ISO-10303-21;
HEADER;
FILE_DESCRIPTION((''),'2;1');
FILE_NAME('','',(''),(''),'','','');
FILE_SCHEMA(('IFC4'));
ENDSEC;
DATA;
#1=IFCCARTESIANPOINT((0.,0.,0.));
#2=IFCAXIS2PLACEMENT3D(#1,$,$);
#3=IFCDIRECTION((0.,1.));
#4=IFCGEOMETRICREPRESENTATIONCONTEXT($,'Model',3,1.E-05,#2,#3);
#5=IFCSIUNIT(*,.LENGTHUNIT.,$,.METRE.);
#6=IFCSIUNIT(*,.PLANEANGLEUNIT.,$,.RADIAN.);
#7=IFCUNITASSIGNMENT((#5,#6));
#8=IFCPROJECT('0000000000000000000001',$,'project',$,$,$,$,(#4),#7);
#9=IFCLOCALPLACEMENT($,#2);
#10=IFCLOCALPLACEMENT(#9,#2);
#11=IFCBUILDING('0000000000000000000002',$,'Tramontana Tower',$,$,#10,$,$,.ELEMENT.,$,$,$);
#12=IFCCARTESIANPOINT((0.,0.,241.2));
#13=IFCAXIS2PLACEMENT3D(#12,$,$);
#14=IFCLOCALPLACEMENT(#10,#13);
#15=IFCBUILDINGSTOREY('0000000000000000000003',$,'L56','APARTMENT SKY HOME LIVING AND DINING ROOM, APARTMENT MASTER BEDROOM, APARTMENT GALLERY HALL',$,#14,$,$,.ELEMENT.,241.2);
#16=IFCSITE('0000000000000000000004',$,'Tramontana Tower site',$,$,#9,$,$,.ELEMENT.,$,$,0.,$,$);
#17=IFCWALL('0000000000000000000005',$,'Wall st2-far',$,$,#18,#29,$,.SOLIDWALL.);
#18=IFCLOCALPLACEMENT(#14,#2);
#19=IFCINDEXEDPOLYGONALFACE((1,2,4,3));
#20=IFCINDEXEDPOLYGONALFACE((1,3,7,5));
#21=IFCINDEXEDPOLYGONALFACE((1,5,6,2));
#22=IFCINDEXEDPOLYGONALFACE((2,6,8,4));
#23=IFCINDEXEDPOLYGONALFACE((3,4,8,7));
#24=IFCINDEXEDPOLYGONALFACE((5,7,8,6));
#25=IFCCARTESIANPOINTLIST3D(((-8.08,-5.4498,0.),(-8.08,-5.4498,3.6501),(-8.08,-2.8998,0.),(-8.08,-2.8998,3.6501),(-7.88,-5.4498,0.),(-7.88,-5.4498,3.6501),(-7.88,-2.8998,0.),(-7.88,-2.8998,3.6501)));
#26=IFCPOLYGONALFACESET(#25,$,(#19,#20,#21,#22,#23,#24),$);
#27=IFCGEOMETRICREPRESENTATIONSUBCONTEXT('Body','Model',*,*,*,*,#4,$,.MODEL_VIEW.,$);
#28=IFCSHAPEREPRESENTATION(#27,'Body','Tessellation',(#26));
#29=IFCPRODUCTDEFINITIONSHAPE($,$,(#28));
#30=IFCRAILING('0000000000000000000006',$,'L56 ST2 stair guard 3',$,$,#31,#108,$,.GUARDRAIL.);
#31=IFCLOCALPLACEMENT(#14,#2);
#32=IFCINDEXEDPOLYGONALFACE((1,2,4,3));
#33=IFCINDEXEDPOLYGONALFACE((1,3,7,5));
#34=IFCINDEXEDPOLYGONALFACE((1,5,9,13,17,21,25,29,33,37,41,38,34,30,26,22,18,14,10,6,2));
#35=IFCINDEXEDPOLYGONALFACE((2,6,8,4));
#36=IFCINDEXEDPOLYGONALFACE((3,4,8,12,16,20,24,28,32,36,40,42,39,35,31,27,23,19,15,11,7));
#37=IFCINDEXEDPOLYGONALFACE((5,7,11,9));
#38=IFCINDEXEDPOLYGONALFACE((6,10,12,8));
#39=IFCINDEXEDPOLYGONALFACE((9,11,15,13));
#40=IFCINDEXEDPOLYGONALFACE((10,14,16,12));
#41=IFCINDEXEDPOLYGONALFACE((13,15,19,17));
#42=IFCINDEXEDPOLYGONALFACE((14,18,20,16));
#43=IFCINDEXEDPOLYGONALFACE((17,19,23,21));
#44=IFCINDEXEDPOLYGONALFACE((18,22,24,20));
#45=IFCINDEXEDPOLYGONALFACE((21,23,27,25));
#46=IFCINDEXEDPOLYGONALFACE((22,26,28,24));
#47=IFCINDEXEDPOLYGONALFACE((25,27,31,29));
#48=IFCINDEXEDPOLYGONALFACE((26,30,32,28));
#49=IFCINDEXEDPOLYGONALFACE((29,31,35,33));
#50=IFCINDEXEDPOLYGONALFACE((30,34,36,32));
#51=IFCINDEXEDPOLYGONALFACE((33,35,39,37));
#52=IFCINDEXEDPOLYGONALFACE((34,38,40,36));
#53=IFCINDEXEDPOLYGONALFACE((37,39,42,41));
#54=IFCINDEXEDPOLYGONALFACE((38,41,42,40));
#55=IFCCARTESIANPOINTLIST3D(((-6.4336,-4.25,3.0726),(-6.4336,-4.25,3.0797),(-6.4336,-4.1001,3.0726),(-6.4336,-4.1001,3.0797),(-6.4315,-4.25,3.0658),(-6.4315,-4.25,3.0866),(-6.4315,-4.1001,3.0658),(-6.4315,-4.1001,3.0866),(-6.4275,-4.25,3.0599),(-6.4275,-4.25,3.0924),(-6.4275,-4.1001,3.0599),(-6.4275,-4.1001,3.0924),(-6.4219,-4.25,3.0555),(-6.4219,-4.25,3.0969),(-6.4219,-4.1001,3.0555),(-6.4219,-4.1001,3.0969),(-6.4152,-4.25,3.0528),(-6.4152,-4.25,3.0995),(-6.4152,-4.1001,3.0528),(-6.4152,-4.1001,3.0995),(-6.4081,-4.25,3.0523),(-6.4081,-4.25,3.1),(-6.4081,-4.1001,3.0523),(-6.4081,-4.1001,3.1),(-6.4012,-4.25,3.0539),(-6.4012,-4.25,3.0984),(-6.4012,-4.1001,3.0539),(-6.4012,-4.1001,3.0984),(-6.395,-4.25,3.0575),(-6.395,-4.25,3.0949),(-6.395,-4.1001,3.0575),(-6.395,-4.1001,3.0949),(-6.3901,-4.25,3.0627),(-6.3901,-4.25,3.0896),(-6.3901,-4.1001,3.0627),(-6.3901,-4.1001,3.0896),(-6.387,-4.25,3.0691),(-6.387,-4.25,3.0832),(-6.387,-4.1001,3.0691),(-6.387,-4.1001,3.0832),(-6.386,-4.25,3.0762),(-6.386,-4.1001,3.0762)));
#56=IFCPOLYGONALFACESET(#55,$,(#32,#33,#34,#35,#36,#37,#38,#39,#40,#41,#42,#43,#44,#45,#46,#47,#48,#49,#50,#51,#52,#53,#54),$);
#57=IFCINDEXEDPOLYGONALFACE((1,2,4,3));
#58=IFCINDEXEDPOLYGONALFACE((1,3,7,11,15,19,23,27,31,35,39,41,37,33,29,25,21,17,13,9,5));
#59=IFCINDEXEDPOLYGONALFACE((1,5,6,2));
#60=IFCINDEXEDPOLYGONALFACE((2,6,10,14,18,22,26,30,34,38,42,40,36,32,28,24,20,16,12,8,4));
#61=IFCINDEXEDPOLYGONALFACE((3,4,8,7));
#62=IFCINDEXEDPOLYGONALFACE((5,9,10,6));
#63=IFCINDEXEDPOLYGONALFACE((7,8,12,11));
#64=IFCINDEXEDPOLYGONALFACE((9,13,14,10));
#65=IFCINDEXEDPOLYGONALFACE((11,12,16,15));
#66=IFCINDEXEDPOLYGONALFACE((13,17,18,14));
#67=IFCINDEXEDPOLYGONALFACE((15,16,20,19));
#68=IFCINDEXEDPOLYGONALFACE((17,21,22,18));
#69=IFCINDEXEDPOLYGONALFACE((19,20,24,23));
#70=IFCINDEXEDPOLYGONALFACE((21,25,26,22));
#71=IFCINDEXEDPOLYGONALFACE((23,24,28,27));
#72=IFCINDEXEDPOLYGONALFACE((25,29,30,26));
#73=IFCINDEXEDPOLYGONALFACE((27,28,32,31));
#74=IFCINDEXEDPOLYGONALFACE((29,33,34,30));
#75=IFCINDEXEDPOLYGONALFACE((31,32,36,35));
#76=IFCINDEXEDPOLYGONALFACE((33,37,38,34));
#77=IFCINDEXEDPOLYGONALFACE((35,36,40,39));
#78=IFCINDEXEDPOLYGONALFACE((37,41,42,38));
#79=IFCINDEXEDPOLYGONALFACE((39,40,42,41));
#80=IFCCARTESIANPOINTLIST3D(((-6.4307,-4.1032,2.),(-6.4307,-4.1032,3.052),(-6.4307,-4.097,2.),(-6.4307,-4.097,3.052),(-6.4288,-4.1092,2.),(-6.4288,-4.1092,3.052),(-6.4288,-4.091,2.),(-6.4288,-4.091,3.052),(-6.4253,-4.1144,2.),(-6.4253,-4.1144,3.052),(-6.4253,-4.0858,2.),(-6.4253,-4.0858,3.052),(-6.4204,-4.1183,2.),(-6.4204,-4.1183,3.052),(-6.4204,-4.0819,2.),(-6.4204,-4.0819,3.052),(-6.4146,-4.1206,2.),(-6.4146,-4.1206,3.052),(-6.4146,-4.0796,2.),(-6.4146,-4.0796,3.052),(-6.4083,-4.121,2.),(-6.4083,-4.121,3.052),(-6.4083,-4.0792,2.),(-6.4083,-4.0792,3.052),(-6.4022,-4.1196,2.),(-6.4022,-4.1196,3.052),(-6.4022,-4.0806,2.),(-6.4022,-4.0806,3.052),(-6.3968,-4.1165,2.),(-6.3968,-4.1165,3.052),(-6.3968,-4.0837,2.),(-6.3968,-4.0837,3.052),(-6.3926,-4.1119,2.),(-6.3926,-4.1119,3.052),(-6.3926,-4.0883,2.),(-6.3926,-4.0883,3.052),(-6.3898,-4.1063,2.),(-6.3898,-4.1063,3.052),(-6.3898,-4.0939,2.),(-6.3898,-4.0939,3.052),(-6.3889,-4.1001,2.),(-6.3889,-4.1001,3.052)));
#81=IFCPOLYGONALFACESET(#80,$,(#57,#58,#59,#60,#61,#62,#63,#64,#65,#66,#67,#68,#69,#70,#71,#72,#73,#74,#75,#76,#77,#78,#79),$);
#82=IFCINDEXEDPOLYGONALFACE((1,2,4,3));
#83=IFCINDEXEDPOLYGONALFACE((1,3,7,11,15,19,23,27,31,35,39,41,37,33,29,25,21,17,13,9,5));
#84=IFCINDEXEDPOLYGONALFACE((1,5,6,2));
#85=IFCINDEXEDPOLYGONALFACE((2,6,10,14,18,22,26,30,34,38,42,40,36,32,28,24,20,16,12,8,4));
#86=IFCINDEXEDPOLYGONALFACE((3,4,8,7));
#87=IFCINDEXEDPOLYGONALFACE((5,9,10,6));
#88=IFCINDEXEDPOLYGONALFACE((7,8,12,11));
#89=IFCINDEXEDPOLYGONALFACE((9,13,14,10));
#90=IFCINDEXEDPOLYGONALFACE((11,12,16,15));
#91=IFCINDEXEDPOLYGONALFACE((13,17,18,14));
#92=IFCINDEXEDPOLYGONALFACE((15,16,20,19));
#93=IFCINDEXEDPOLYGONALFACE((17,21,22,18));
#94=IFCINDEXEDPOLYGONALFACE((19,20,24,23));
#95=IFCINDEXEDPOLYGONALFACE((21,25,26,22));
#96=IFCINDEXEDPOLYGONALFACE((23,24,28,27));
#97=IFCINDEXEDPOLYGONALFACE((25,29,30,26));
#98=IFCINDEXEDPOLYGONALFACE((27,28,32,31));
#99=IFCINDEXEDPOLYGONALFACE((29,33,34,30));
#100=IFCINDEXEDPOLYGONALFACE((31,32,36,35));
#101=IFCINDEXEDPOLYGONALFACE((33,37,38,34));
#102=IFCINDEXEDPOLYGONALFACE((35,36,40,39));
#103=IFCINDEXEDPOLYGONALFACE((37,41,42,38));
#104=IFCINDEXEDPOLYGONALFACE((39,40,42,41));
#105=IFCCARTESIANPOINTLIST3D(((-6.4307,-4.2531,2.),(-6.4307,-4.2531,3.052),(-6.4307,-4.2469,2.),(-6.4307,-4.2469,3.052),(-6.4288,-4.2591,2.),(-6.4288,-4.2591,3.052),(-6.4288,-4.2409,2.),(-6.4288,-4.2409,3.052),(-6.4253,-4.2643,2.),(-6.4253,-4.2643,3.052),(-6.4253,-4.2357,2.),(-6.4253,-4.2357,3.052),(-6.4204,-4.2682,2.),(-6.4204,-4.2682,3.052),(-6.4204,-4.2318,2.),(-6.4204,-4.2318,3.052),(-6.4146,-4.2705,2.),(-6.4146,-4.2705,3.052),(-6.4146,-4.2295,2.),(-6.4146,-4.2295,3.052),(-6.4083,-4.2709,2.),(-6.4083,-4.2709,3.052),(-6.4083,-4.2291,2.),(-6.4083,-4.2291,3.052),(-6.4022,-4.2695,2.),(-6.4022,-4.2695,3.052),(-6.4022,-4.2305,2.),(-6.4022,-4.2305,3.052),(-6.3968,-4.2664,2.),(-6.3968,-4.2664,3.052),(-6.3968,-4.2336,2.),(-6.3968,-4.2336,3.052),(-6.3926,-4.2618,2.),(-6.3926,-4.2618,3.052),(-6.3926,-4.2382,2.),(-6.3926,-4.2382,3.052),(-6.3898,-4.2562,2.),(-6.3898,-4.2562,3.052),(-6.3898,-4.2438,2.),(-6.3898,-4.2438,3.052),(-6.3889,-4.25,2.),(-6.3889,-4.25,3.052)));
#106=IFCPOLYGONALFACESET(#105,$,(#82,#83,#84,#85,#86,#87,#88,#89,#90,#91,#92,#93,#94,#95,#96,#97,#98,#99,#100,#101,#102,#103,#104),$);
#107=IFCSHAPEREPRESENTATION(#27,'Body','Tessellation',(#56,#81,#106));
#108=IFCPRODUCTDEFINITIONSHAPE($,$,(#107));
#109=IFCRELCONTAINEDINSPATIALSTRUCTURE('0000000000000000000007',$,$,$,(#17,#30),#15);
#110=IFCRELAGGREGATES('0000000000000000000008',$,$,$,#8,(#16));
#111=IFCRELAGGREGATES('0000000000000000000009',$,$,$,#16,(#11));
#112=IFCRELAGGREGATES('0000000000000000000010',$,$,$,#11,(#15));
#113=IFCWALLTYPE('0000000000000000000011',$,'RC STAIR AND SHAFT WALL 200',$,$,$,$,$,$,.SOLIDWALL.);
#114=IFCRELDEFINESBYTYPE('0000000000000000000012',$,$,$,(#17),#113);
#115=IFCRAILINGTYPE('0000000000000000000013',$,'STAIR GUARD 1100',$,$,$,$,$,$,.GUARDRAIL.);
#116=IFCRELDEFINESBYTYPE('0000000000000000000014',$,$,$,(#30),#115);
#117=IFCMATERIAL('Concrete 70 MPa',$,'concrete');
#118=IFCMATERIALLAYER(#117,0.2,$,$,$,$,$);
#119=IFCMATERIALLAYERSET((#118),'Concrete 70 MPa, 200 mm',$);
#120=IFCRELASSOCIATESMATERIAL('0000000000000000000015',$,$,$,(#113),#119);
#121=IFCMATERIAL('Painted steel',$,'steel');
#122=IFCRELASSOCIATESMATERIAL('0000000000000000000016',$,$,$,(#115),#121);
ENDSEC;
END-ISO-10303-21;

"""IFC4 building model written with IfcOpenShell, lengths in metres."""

from ifc_helpers import new_model, si_unit, direction, frame, frame_2d, origin, origin_2d, place, context, subcontext, project, spatial, rectangle, circle, extrude, material, layer, layer_set, type_object, element, save


model = new_model("IFC4")

# Units and contexts
model_context = context("Model", 3, precision=1e-05, world=origin(), true_north=direction((0.0, 1.0)))
body_context = subcontext(model_context, "Body", "Model", "MODEL_VIEW")
ifc_project = project(units=[si_unit("LENGTHUNIT", "METRE"), si_unit("PLANEANGLEUNIT", "RADIAN")], contexts=[model_context])

# Site, building, storey
site_placement = place(None, origin())
site = spatial("IfcSite", under=ifc_project, at=site_placement, Name="Tramontana Tower site", CompositionType="ELEMENT", RefElevation=0.0)
building_placement = place(site_placement, origin())
building = spatial("IfcBuilding", under=site, at=building_placement, Name="Tramontana Tower", CompositionType="ELEMENT")
storey_placement = place(building_placement, frame((0.0, 0.0, 241.2)))
storey = spatial("IfcBuildingStorey", under=building, at=storey_placement, Name="L56", Description="APARTMENT SKY HOME LIVING AND DINING ROOM, APARTMENT MASTER BEDROOM, APARTMENT GALLERY HALL", CompositionType="ELEMENT", Elevation=241.2)

# Wall
ifc_material_1 = material(Name="Concrete 70 MPa", Category="concrete")
ifc_layer_1 = layer(ifc_material_1, 0.2)
ifc_layer_set_1 = layer_set([ifc_layer_1], Name="Concrete 70 MPa, 200 mm")
wall_type_1 = type_object("IfcWallType", Name="RC STAIR AND SHAFT WALL 200", PredefinedType="SOLIDWALL", material=ifc_layer_set_1)
wall_1_placement = place(storey_placement, frame((-7.98, -2.8999, 0.0), z_axis=(0.0, 0.0, 1.0), x_axis=(0.0, -1.0, 0.0)))
element("IfcWall", 1, at=wall_1_placement, inside=storey, type_object=wall_type_1, Name="Wall st2-far", PredefinedType="SOLIDWALL", context=body_context, shape_type="SweptSolid", body=[
    extrude(rectangle(XDim=2.55, YDim=0.2, at=frame_2d((1.2749, 0.0))), origin(), (0.0, 0.0, 1.0), 3.6501),
])

# Railing
ifc_material_2 = material(Name="Painted steel", Category="steel")
railing_type = type_object("IfcRailingType", Name="STAIR GUARD 1100", PredefinedType="GUARDRAIL", material=ifc_material_2)
railing_placement = place(storey_placement, frame((-6.4099, -4.1001, 2.0)))
element("IfcRailing", 2, at=railing_placement, inside=storey, type_object=railing_type, Name="L56 ST2 stair guard 3", PredefinedType="GUARDRAIL", context=body_context, shape_type="SweptSolid", body=[
    extrude(circle(Radius=0.0239, at=origin_2d()), frame((0.0, 0.0, 1.0762), z_axis=(0.0, -1.0, 0.0), x_axis=(1.0, 0.0, 0.0)), (0.0, 0.0, 1.0), 0.1499),
    extrude(circle(Radius=0.021, at=origin_2d()), origin(), (0.0, 0.0, 1.0), 1.052),
    extrude(circle(Radius=0.021, at=origin_2d()), frame((0.0, -0.1499, 0.0)), (0.0, 0.0, 1.0), 1.052),
])

save(model, "model.ifc")
